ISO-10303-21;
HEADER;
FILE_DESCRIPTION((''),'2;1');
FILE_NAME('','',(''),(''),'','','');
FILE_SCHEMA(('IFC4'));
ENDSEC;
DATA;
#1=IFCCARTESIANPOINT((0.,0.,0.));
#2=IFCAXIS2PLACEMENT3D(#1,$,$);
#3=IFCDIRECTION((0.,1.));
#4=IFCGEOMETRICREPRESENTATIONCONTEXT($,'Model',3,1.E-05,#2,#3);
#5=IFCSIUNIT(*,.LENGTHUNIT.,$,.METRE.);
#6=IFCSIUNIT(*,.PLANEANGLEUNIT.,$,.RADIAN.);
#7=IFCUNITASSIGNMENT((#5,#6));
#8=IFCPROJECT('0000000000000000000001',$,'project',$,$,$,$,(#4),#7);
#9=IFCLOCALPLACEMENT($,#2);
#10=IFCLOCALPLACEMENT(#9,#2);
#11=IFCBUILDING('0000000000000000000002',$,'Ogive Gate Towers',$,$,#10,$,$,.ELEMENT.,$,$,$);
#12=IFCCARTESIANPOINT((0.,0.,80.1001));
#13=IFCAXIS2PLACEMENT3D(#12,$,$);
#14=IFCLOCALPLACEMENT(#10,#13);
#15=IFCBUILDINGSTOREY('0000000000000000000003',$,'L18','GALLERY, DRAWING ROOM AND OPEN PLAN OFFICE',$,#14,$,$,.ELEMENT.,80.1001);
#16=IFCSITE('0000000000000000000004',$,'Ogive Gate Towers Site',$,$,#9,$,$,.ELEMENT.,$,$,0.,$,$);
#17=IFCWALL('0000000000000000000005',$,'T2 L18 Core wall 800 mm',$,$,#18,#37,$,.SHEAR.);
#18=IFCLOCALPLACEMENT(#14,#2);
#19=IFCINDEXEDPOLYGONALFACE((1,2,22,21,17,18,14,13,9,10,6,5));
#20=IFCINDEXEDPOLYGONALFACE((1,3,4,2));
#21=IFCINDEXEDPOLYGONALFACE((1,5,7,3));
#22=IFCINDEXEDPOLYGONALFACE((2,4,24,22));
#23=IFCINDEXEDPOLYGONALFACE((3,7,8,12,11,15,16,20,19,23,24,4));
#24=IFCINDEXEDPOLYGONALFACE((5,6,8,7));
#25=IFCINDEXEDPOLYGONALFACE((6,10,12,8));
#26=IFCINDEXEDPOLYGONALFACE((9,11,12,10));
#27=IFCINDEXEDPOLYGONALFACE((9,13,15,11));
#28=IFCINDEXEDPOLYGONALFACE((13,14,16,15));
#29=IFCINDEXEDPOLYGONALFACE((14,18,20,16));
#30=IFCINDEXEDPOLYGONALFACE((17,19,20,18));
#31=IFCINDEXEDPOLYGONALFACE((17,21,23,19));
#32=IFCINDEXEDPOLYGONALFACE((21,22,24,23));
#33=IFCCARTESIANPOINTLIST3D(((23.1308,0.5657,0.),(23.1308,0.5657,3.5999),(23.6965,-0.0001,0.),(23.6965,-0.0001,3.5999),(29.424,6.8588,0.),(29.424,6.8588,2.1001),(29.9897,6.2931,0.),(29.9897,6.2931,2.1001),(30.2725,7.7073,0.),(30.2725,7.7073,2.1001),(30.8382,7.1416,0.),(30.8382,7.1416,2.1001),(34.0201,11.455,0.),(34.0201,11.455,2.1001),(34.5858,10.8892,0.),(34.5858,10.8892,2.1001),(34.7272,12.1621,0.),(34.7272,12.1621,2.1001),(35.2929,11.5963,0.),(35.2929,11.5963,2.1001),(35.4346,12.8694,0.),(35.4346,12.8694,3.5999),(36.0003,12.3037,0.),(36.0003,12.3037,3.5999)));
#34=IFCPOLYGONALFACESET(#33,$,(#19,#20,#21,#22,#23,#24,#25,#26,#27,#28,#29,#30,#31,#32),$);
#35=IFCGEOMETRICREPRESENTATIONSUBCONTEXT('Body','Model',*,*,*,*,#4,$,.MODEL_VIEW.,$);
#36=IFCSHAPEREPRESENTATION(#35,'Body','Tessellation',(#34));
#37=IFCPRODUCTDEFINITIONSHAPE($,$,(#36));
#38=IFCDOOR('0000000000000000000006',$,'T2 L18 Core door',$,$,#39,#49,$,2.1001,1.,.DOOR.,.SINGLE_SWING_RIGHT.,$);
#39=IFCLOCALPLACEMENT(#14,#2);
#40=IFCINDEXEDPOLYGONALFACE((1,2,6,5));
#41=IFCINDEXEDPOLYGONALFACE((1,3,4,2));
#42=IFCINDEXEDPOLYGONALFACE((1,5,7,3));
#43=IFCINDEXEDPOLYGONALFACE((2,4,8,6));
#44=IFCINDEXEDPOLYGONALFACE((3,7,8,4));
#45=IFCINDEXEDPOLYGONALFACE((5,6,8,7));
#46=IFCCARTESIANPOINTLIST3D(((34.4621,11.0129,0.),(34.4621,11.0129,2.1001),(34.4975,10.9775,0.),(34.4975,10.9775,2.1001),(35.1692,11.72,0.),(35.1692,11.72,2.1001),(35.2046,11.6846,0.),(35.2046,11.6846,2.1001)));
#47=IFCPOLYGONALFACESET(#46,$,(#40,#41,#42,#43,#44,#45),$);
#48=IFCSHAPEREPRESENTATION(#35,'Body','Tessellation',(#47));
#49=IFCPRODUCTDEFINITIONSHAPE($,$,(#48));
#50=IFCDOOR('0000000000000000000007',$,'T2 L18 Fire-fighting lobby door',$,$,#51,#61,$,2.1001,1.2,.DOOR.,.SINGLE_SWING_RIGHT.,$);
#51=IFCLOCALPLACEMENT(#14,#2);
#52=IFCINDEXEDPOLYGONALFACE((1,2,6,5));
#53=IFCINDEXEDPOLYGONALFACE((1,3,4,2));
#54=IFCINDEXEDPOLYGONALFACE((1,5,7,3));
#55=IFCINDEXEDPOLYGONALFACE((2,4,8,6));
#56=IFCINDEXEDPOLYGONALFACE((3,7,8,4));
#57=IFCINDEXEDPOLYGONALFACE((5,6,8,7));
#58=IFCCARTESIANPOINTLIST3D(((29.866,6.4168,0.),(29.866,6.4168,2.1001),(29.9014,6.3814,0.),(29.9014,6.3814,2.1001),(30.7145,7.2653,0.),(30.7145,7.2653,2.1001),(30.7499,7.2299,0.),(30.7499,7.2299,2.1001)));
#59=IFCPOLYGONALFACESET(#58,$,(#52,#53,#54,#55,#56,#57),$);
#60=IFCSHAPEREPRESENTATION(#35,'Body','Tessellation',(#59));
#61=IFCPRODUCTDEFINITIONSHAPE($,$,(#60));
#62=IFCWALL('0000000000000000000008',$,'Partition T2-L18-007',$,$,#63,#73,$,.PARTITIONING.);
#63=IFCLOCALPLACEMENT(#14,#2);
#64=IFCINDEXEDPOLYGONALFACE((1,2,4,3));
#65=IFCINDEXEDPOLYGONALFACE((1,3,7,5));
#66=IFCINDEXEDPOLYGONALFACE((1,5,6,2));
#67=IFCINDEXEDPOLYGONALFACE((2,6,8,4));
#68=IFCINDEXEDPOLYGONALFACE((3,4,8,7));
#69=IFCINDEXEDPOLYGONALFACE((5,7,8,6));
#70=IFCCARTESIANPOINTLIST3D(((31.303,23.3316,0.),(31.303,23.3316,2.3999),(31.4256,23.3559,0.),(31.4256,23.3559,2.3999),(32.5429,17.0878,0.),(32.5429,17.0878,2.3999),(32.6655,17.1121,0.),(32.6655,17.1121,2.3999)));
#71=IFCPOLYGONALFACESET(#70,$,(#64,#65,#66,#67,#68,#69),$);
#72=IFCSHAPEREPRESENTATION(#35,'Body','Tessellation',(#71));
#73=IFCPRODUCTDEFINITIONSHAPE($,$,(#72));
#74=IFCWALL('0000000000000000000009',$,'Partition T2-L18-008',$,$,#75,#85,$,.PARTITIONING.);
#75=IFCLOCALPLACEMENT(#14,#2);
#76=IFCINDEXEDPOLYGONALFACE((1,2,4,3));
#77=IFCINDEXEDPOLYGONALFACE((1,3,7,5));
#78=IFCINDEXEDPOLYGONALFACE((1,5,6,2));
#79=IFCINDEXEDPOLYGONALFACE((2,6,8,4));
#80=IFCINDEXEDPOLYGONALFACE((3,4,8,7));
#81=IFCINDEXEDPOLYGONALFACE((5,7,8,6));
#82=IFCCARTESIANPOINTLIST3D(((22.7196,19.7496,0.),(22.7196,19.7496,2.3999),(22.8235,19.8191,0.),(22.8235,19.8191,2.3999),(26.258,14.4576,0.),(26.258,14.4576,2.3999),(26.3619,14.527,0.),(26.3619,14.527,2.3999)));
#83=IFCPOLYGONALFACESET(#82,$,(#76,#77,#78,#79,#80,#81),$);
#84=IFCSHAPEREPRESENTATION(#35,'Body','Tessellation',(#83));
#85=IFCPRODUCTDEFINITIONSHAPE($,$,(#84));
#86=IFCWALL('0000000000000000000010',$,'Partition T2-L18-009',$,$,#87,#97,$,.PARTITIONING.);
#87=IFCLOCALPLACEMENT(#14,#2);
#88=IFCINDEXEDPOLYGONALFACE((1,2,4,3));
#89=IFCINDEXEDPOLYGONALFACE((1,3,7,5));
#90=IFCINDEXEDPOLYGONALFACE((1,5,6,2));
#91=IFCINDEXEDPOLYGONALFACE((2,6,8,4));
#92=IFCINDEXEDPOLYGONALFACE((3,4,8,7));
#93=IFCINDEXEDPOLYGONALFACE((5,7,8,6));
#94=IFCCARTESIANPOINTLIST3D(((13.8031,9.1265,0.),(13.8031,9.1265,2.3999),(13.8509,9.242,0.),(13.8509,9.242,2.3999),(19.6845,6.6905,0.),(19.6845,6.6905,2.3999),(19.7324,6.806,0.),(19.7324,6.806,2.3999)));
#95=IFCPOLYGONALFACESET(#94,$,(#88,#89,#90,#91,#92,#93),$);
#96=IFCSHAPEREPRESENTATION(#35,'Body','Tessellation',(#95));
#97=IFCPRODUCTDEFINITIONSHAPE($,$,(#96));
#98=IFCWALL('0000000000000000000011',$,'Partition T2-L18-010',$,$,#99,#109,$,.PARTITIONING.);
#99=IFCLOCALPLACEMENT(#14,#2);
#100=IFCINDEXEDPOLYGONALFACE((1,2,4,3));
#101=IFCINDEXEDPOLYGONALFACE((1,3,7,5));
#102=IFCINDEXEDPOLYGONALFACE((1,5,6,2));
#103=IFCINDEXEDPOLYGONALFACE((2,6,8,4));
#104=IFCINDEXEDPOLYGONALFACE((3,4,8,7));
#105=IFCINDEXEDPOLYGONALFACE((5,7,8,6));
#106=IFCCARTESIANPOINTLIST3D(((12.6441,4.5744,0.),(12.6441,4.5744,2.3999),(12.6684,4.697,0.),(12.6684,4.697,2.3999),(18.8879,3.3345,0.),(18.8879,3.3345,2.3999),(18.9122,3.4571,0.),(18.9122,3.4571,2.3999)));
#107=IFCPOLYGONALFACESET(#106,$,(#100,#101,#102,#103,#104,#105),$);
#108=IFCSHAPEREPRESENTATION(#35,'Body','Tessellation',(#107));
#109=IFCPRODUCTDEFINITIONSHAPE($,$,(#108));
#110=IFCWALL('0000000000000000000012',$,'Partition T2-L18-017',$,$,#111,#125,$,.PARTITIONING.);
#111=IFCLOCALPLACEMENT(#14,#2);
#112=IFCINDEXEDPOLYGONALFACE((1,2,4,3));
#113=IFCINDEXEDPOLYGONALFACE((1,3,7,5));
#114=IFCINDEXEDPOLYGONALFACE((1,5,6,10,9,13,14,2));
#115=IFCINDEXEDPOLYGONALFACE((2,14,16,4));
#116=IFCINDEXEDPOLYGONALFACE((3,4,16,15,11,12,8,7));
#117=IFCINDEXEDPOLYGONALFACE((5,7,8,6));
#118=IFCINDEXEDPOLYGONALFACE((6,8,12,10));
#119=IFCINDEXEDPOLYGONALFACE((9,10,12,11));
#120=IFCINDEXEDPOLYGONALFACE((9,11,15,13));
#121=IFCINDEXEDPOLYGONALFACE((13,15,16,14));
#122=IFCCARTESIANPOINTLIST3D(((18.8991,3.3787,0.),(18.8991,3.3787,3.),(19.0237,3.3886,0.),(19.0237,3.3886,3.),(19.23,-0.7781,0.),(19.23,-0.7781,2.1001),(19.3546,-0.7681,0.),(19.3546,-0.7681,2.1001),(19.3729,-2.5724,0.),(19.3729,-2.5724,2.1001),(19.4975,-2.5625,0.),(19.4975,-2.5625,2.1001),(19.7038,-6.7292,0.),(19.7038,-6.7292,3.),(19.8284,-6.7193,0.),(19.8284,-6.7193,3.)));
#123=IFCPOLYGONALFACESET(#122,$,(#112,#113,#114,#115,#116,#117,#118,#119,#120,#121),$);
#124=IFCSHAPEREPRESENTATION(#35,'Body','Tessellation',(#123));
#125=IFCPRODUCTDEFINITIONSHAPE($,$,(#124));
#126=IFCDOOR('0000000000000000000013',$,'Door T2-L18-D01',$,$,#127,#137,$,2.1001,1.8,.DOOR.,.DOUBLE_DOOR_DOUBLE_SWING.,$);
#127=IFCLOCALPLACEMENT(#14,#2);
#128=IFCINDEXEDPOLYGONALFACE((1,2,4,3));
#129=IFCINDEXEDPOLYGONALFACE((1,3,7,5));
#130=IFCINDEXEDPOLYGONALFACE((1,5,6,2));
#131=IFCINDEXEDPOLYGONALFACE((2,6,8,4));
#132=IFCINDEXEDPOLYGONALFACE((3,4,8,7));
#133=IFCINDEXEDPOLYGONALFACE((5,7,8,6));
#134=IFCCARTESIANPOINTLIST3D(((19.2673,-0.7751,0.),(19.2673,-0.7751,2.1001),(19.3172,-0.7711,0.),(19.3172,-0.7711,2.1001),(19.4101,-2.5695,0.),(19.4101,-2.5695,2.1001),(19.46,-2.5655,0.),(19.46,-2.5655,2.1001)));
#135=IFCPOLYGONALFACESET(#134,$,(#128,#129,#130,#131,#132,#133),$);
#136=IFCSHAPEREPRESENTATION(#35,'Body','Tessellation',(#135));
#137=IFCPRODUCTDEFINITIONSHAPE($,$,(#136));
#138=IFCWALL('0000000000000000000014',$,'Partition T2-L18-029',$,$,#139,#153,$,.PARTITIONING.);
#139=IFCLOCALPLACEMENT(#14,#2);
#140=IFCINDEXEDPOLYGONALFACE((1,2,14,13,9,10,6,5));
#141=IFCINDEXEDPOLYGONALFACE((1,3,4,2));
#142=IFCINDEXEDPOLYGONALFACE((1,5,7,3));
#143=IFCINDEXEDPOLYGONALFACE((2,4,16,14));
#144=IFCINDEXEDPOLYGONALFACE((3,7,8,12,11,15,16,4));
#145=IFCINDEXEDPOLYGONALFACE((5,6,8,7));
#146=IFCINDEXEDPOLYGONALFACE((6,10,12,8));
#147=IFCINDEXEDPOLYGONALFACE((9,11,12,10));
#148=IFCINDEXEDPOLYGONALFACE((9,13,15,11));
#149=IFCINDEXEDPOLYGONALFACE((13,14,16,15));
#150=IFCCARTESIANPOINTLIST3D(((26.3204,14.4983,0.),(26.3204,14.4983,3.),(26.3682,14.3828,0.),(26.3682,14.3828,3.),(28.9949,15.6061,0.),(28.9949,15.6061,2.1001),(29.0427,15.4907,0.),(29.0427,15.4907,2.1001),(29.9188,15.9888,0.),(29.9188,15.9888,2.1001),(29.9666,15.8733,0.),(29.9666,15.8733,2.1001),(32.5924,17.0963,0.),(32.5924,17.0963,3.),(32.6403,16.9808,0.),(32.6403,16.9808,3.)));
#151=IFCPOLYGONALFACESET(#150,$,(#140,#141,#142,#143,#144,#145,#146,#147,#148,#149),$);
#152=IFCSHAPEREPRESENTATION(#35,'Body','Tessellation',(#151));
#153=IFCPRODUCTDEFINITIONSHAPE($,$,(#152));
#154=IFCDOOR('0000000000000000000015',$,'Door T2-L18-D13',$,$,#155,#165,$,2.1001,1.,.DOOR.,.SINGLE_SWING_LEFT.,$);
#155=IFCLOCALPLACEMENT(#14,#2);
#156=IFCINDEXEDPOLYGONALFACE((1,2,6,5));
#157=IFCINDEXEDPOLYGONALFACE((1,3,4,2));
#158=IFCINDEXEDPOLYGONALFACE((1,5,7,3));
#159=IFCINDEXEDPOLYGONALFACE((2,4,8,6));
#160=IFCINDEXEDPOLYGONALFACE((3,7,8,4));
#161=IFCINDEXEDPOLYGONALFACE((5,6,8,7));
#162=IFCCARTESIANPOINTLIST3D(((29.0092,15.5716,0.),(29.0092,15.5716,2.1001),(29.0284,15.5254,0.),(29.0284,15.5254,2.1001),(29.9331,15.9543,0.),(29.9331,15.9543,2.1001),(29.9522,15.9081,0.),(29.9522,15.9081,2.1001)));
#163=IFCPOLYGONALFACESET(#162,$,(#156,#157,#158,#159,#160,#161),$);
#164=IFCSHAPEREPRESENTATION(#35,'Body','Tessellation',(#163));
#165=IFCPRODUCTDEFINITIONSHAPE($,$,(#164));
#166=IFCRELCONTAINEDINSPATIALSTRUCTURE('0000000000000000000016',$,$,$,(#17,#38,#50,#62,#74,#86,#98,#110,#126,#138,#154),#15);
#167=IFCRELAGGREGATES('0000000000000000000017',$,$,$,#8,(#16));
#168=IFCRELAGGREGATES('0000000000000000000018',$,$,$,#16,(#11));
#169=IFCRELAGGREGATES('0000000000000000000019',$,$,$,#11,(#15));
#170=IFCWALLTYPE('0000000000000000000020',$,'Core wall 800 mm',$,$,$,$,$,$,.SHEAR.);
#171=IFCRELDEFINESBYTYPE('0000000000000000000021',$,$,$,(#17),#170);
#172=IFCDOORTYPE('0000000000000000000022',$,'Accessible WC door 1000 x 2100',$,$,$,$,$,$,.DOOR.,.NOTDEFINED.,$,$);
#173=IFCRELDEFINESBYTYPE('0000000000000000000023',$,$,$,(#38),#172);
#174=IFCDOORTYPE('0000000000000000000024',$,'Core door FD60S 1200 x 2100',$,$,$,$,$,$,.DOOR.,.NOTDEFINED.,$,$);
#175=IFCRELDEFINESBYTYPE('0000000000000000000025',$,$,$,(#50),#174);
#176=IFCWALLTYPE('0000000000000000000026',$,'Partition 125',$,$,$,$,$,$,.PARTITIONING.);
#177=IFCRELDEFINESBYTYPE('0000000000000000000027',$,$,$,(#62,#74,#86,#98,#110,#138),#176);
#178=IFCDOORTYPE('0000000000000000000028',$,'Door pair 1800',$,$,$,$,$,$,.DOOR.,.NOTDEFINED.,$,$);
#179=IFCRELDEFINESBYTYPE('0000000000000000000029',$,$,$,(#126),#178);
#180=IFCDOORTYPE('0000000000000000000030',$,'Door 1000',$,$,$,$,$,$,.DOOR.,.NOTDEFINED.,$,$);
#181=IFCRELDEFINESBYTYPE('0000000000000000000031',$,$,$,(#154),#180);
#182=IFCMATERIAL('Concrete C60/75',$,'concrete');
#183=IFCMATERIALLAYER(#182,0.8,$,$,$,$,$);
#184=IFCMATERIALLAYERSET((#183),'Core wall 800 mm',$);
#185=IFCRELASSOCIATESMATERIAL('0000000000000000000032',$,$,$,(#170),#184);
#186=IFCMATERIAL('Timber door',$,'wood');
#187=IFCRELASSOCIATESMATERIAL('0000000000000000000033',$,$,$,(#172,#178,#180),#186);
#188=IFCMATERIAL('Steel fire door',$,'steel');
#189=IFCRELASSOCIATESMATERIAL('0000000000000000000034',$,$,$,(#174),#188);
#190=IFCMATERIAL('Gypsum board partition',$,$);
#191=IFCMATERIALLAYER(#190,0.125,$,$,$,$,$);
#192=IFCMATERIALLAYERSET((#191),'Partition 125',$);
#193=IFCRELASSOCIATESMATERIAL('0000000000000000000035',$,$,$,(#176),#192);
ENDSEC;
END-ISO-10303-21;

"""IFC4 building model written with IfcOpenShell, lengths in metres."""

from ifc_helpers import new_model, si_unit, direction, frame, frame_2d, origin, place, context, subcontext, project, spatial, rectangle, extrude, material, layer, layer_set, type_object, element, fill, save


model = new_model("IFC4")

# Units and contexts
model_context = context("Model", 3, precision=1e-05, world=origin(), true_north=direction((0.0, 1.0)))
body_context = subcontext(model_context, "Body", "Model", "MODEL_VIEW")
ifc_project = project(units=[si_unit("LENGTHUNIT", "METRE"), si_unit("PLANEANGLEUNIT", "RADIAN")], contexts=[model_context])

# Site, building, storey
site_placement = place(None, origin())
site = spatial("IfcSite", under=ifc_project, at=site_placement, Name="Ogive Gate Towers Site", CompositionType="ELEMENT", RefElevation=0.0)
building_placement = place(site_placement, origin())
building = spatial("IfcBuilding", under=site, at=building_placement, Name="Ogive Gate Towers", CompositionType="ELEMENT")
storey_placement = place(building_placement, frame((0.0, 0.0, 80.1001)))
storey = spatial("IfcBuildingStorey", under=building, at=storey_placement, Name="L18", Description="GALLERY, DRAWING ROOM AND OPEN PLAN OFFICE", CompositionType="ELEMENT", Elevation=80.1001)

# Wall, openings, doors
ifc_material_1 = material(Name="Concrete C60/75", Category="concrete")
ifc_layer_1 = layer(ifc_material_1, 0.8)
ifc_layer_set_1 = layer_set([ifc_layer_1], Name="Core wall 800 mm")
wall_type_1 = type_object("IfcWallType", Name="Core wall 800 mm", PredefinedType="SHEAR", material=ifc_layer_set_1)
wall_1_placement = place(storey_placement, frame((23.4136, 0.2827, 0.0), z_axis=(0.0, 0.0, 1.0), x_axis=(0.707107, 0.707107, 0.0)))
wall_1 = element("IfcWall", 1, at=wall_1_placement, inside=storey, type_object=wall_type_1, Name="T2 L18 Core wall 800 mm", PredefinedType="SHEAR", context=body_context, shape_type="SweptSolid", body=[
    extrude(rectangle(XDim=17.4001, YDim=0.8, at=frame_2d((8.7002, 0.0))), origin(), (0.0, 0.0, 1.0), 3.5999),
])
opening_1_placement = place(wall_1_placement, frame((8.8999, 0.0, 0.0)))
opening_1 = element("IfcOpeningElement", 2, at=opening_1_placement, cuts=wall_1, PredefinedType="OPENING", context=body_context, shape_type="SweptSolid", body=[
    extrude(rectangle(XDim=1.2, YDim=2.1001, at=frame_2d((0.6001, 1.05))), frame((0.0, 0.4102, 0.0), z_axis=(0.0, -1.0, 0.0), x_axis=(1.0, 0.0, 0.0)), (0.0, 0.0, 1.0), 0.8201),
])
opening_2_placement = place(wall_1_placement, frame((15.3999, 0.0, 0.0)))
opening_2 = element("IfcOpeningElement", 3, at=opening_2_placement, cuts=wall_1, PredefinedType="OPENING", context=body_context, shape_type="SweptSolid", body=[
    extrude(rectangle(XDim=1.0, YDim=2.1001, at=frame_2d((0.5, 1.05))), frame((0.0, 0.4102, 0.0), z_axis=(0.0, -1.0, 0.0), x_axis=(1.0, 0.0, 0.0)), (0.0, 0.0, 1.0), 0.8201),
])
ifc_material_2 = material(Name="Timber door", Category="wood")
door_type_1 = type_object("IfcDoorType", Name="Accessible WC door 1000 x 2100", OperationType="NOTDEFINED", PredefinedType="DOOR", material=ifc_material_2)
door_1_placement = place(opening_2_placement, origin())
door_1 = element("IfcDoor", 4, at=door_1_placement, inside=storey, type_object=door_type_1, Name="T2 L18 Core door", OperationType="SINGLE_SWING_RIGHT", OverallHeight=2.1001, OverallWidth=1.0, PredefinedType="DOOR", context=body_context, shape_type="SweptSolid", body=[
    extrude(rectangle(XDim=1.0, YDim=2.1001, at=frame_2d((0.5, 1.05))), frame((0.0, -0.2251, 0.0), z_axis=(0.0, -1.0, 0.0), x_axis=(1.0, 0.0, 0.0)), (0.0, 0.0, 1.0), 0.05),
])
fill(opening_2, door_1)
ifc_material_3 = material(Name="Steel fire door", Category="steel")
door_type_2 = type_object("IfcDoorType", Name="Core door FD60S 1200 x 2100", OperationType="NOTDEFINED", PredefinedType="DOOR", material=ifc_material_3)
door_2_placement = place(opening_1_placement, origin())
door_2 = element("IfcDoor", 5, at=door_2_placement, inside=storey, type_object=door_type_2, Name="T2 L18 Fire-fighting lobby door", OperationType="SINGLE_SWING_RIGHT", OverallHeight=2.1001, OverallWidth=1.2, PredefinedType="DOOR", context=body_context, shape_type="SweptSolid", body=[
    extrude(rectangle(XDim=1.2, YDim=2.1001, at=frame_2d((0.6001, 1.05))), frame((0.0, -0.2251, 0.0), z_axis=(0.0, -1.0, 0.0), x_axis=(1.0, 0.0, 0.0)), (0.0, 0.0, 1.0), 0.05),
])
fill(opening_1, door_2)

# Walls
ifc_material_4 = material(Name="Gypsum board partition")
ifc_layer_2 = layer(ifc_material_4, 0.125)
ifc_layer_set_2 = layer_set([ifc_layer_2], Name="Partition 125")
wall_type_2 = type_object("IfcWallType", Name="Partition 125", PredefinedType="PARTITIONING", material=ifc_layer_set_2)
wall_2_placement = place(storey_placement, frame((31.3643, 23.3438, 0.0), z_axis=(0.0, 0.0, 1.0), x_axis=(0.194788, -0.980845, 0.0)))
element("IfcWall", 6, at=wall_2_placement, inside=storey, type_object=wall_type_2, Name="Partition T2-L18-007", PredefinedType="PARTITIONING", context=body_context, shape_type="SweptSolid", body=[
    extrude(rectangle(XDim=6.3657, YDim=0.125, at=frame_2d((3.1829, 0.0))), origin(), (0.0, 0.0, 1.0), 2.3999),
])
for number, where, z_axis, x_axis, name in (
    (7, (22.7715, 19.7844, 0.0), (0.0, 0.0, 1.0), (0.555824, -0.8313, 0.0), "Partition T2-L18-008"),
    (8, (13.8269, 9.1843, 0.0), (0.0, 0.0, 1.0), (0.923885, -0.38267, 0.0), "Partition T2-L18-009"),
):
    element("IfcWall", number, at=place(storey_placement, frame(where, z_axis=z_axis, x_axis=x_axis)), inside=storey, type_object=wall_type_2, Name=name, PredefinedType="PARTITIONING", context=body_context, shape_type="SweptSolid", body=[
        extrude(rectangle(XDim=6.366, YDim=0.125, at=frame_2d((3.1831, 0.0))), origin(), (0.0, 0.0, 1.0), 2.3999),
    ])
wall_3_placement = place(storey_placement, frame((12.6562, 4.6357, 0.0), z_axis=(0.0, 0.0, 1.0), x_axis=(0.980845, -0.194788, 0.0)))
element("IfcWall", 9, at=wall_3_placement, inside=storey, type_object=wall_type_2, Name="Partition T2-L18-010", PredefinedType="PARTITIONING", context=body_context, shape_type="SweptSolid", body=[
    extrude(rectangle(XDim=6.3657, YDim=0.125, at=frame_2d((3.1829, 0.0))), origin(), (0.0, 0.0, 1.0), 2.3999),
])

# Walls, openings, doors
wall_4_placement = place(storey_placement, frame((18.9614, 3.3835, 0.0), z_axis=(0.0, 0.0, 1.0), x_axis=(0.079359, -0.996846, 0.0)))
wall_4 = element("IfcWall", 10, at=wall_4_placement, inside=storey, type_object=wall_type_2, Name="Partition T2-L18-017", PredefinedType="PARTITIONING", context=body_context, shape_type="SweptSolid", body=[
    extrude(rectangle(XDim=10.1399, YDim=0.125, at=frame_2d((5.0698, 0.0))), origin(), (0.0, 0.0, 1.0), 3.0),
])
opening_3_placement = place(wall_4_placement, frame((4.1699, 0.0, 0.0)))
opening_3 = element("IfcOpeningElement", 11, at=opening_3_placement, cuts=wall_4, PredefinedType="OPENING", context=body_context, shape_type="SweptSolid", body=[
    extrude(rectangle(XDim=1.8, YDim=2.1001, at=frame_2d((0.8999, 1.05))), frame((0.0, 0.0725, 0.0), z_axis=(0.0, -1.0, 0.0), x_axis=(1.0, 0.0, 0.0)), (0.0, 0.0, 1.0), 0.145),
])
door_type_3 = type_object("IfcDoorType", Name="Door pair 1800", OperationType="NOTDEFINED", PredefinedType="DOOR", material=ifc_material_2)
door_3_placement = place(opening_3_placement, origin())
door_3 = element("IfcDoor", 12, at=door_3_placement, inside=storey, type_object=door_type_3, Name="Door T2-L18-D01", OperationType="DOUBLE_DOOR_DOUBLE_SWING", OverallHeight=2.1001, OverallWidth=1.8, PredefinedType="DOOR", context=body_context, shape_type="SweptSolid", body=[
    extrude(rectangle(XDim=1.8, YDim=2.1001, at=frame_2d((0.8999, 1.05))), frame((0.0, 0.0249, 0.0), z_axis=(0.0, -1.0, 0.0), x_axis=(1.0, 0.0, 0.0)), (0.0, 0.0, 1.0), 0.05),
])
fill(opening_3, door_3)
wall_5_placement = place(storey_placement, frame((32.6165, 17.0386, 0.0), z_axis=(0.0, 0.0, 1.0), x_axis=(-0.923881, -0.382679, 0.0)))
wall_5 = element("IfcWall", 13, at=wall_5_placement, inside=storey, type_object=wall_type_2, Name="Partition T2-L18-029", PredefinedType="PARTITIONING", context=body_context, shape_type="SweptSolid", body=[
    extrude(rectangle(XDim=6.7888, YDim=0.125, at=frame_2d((3.3945, 0.0))), origin(), (0.0, 0.0, 1.0), 3.0),
])
opening_4_placement = place(wall_5_placement, frame((2.894, 0.0, 0.0)))
opening_4 = element("IfcOpeningElement", 14, at=opening_4_placement, cuts=wall_5, PredefinedType="OPENING", context=body_context, shape_type="SweptSolid", body=[
    extrude(rectangle(XDim=1.0, YDim=2.1001, at=frame_2d((0.5, 1.05))), frame((0.0, 0.0725, 0.0), z_axis=(0.0, -1.0, 0.0), x_axis=(1.0, 0.0, 0.0)), (0.0, 0.0, 1.0), 0.145),
])
door_type_4 = type_object("IfcDoorType", Name="Door 1000", OperationType="NOTDEFINED", PredefinedType="DOOR", material=ifc_material_2)
door_4_placement = place(opening_4_placement, origin())
door_4 = element("IfcDoor", 15, at=door_4_placement, inside=storey, type_object=door_type_4, Name="Door T2-L18-D13", OperationType="SINGLE_SWING_LEFT", OverallHeight=2.1001, OverallWidth=1.0, PredefinedType="DOOR", context=body_context, shape_type="SweptSolid", body=[
    extrude(rectangle(XDim=1.0, YDim=2.1001, at=frame_2d((0.5, 1.05))), frame((0.0, 0.0249, 0.0), z_axis=(0.0, -1.0, 0.0), x_axis=(1.0, 0.0, 0.0)), (0.0, 0.0, 1.0), 0.05),
])
fill(opening_4, door_4)

save(model, "model.ifc")
